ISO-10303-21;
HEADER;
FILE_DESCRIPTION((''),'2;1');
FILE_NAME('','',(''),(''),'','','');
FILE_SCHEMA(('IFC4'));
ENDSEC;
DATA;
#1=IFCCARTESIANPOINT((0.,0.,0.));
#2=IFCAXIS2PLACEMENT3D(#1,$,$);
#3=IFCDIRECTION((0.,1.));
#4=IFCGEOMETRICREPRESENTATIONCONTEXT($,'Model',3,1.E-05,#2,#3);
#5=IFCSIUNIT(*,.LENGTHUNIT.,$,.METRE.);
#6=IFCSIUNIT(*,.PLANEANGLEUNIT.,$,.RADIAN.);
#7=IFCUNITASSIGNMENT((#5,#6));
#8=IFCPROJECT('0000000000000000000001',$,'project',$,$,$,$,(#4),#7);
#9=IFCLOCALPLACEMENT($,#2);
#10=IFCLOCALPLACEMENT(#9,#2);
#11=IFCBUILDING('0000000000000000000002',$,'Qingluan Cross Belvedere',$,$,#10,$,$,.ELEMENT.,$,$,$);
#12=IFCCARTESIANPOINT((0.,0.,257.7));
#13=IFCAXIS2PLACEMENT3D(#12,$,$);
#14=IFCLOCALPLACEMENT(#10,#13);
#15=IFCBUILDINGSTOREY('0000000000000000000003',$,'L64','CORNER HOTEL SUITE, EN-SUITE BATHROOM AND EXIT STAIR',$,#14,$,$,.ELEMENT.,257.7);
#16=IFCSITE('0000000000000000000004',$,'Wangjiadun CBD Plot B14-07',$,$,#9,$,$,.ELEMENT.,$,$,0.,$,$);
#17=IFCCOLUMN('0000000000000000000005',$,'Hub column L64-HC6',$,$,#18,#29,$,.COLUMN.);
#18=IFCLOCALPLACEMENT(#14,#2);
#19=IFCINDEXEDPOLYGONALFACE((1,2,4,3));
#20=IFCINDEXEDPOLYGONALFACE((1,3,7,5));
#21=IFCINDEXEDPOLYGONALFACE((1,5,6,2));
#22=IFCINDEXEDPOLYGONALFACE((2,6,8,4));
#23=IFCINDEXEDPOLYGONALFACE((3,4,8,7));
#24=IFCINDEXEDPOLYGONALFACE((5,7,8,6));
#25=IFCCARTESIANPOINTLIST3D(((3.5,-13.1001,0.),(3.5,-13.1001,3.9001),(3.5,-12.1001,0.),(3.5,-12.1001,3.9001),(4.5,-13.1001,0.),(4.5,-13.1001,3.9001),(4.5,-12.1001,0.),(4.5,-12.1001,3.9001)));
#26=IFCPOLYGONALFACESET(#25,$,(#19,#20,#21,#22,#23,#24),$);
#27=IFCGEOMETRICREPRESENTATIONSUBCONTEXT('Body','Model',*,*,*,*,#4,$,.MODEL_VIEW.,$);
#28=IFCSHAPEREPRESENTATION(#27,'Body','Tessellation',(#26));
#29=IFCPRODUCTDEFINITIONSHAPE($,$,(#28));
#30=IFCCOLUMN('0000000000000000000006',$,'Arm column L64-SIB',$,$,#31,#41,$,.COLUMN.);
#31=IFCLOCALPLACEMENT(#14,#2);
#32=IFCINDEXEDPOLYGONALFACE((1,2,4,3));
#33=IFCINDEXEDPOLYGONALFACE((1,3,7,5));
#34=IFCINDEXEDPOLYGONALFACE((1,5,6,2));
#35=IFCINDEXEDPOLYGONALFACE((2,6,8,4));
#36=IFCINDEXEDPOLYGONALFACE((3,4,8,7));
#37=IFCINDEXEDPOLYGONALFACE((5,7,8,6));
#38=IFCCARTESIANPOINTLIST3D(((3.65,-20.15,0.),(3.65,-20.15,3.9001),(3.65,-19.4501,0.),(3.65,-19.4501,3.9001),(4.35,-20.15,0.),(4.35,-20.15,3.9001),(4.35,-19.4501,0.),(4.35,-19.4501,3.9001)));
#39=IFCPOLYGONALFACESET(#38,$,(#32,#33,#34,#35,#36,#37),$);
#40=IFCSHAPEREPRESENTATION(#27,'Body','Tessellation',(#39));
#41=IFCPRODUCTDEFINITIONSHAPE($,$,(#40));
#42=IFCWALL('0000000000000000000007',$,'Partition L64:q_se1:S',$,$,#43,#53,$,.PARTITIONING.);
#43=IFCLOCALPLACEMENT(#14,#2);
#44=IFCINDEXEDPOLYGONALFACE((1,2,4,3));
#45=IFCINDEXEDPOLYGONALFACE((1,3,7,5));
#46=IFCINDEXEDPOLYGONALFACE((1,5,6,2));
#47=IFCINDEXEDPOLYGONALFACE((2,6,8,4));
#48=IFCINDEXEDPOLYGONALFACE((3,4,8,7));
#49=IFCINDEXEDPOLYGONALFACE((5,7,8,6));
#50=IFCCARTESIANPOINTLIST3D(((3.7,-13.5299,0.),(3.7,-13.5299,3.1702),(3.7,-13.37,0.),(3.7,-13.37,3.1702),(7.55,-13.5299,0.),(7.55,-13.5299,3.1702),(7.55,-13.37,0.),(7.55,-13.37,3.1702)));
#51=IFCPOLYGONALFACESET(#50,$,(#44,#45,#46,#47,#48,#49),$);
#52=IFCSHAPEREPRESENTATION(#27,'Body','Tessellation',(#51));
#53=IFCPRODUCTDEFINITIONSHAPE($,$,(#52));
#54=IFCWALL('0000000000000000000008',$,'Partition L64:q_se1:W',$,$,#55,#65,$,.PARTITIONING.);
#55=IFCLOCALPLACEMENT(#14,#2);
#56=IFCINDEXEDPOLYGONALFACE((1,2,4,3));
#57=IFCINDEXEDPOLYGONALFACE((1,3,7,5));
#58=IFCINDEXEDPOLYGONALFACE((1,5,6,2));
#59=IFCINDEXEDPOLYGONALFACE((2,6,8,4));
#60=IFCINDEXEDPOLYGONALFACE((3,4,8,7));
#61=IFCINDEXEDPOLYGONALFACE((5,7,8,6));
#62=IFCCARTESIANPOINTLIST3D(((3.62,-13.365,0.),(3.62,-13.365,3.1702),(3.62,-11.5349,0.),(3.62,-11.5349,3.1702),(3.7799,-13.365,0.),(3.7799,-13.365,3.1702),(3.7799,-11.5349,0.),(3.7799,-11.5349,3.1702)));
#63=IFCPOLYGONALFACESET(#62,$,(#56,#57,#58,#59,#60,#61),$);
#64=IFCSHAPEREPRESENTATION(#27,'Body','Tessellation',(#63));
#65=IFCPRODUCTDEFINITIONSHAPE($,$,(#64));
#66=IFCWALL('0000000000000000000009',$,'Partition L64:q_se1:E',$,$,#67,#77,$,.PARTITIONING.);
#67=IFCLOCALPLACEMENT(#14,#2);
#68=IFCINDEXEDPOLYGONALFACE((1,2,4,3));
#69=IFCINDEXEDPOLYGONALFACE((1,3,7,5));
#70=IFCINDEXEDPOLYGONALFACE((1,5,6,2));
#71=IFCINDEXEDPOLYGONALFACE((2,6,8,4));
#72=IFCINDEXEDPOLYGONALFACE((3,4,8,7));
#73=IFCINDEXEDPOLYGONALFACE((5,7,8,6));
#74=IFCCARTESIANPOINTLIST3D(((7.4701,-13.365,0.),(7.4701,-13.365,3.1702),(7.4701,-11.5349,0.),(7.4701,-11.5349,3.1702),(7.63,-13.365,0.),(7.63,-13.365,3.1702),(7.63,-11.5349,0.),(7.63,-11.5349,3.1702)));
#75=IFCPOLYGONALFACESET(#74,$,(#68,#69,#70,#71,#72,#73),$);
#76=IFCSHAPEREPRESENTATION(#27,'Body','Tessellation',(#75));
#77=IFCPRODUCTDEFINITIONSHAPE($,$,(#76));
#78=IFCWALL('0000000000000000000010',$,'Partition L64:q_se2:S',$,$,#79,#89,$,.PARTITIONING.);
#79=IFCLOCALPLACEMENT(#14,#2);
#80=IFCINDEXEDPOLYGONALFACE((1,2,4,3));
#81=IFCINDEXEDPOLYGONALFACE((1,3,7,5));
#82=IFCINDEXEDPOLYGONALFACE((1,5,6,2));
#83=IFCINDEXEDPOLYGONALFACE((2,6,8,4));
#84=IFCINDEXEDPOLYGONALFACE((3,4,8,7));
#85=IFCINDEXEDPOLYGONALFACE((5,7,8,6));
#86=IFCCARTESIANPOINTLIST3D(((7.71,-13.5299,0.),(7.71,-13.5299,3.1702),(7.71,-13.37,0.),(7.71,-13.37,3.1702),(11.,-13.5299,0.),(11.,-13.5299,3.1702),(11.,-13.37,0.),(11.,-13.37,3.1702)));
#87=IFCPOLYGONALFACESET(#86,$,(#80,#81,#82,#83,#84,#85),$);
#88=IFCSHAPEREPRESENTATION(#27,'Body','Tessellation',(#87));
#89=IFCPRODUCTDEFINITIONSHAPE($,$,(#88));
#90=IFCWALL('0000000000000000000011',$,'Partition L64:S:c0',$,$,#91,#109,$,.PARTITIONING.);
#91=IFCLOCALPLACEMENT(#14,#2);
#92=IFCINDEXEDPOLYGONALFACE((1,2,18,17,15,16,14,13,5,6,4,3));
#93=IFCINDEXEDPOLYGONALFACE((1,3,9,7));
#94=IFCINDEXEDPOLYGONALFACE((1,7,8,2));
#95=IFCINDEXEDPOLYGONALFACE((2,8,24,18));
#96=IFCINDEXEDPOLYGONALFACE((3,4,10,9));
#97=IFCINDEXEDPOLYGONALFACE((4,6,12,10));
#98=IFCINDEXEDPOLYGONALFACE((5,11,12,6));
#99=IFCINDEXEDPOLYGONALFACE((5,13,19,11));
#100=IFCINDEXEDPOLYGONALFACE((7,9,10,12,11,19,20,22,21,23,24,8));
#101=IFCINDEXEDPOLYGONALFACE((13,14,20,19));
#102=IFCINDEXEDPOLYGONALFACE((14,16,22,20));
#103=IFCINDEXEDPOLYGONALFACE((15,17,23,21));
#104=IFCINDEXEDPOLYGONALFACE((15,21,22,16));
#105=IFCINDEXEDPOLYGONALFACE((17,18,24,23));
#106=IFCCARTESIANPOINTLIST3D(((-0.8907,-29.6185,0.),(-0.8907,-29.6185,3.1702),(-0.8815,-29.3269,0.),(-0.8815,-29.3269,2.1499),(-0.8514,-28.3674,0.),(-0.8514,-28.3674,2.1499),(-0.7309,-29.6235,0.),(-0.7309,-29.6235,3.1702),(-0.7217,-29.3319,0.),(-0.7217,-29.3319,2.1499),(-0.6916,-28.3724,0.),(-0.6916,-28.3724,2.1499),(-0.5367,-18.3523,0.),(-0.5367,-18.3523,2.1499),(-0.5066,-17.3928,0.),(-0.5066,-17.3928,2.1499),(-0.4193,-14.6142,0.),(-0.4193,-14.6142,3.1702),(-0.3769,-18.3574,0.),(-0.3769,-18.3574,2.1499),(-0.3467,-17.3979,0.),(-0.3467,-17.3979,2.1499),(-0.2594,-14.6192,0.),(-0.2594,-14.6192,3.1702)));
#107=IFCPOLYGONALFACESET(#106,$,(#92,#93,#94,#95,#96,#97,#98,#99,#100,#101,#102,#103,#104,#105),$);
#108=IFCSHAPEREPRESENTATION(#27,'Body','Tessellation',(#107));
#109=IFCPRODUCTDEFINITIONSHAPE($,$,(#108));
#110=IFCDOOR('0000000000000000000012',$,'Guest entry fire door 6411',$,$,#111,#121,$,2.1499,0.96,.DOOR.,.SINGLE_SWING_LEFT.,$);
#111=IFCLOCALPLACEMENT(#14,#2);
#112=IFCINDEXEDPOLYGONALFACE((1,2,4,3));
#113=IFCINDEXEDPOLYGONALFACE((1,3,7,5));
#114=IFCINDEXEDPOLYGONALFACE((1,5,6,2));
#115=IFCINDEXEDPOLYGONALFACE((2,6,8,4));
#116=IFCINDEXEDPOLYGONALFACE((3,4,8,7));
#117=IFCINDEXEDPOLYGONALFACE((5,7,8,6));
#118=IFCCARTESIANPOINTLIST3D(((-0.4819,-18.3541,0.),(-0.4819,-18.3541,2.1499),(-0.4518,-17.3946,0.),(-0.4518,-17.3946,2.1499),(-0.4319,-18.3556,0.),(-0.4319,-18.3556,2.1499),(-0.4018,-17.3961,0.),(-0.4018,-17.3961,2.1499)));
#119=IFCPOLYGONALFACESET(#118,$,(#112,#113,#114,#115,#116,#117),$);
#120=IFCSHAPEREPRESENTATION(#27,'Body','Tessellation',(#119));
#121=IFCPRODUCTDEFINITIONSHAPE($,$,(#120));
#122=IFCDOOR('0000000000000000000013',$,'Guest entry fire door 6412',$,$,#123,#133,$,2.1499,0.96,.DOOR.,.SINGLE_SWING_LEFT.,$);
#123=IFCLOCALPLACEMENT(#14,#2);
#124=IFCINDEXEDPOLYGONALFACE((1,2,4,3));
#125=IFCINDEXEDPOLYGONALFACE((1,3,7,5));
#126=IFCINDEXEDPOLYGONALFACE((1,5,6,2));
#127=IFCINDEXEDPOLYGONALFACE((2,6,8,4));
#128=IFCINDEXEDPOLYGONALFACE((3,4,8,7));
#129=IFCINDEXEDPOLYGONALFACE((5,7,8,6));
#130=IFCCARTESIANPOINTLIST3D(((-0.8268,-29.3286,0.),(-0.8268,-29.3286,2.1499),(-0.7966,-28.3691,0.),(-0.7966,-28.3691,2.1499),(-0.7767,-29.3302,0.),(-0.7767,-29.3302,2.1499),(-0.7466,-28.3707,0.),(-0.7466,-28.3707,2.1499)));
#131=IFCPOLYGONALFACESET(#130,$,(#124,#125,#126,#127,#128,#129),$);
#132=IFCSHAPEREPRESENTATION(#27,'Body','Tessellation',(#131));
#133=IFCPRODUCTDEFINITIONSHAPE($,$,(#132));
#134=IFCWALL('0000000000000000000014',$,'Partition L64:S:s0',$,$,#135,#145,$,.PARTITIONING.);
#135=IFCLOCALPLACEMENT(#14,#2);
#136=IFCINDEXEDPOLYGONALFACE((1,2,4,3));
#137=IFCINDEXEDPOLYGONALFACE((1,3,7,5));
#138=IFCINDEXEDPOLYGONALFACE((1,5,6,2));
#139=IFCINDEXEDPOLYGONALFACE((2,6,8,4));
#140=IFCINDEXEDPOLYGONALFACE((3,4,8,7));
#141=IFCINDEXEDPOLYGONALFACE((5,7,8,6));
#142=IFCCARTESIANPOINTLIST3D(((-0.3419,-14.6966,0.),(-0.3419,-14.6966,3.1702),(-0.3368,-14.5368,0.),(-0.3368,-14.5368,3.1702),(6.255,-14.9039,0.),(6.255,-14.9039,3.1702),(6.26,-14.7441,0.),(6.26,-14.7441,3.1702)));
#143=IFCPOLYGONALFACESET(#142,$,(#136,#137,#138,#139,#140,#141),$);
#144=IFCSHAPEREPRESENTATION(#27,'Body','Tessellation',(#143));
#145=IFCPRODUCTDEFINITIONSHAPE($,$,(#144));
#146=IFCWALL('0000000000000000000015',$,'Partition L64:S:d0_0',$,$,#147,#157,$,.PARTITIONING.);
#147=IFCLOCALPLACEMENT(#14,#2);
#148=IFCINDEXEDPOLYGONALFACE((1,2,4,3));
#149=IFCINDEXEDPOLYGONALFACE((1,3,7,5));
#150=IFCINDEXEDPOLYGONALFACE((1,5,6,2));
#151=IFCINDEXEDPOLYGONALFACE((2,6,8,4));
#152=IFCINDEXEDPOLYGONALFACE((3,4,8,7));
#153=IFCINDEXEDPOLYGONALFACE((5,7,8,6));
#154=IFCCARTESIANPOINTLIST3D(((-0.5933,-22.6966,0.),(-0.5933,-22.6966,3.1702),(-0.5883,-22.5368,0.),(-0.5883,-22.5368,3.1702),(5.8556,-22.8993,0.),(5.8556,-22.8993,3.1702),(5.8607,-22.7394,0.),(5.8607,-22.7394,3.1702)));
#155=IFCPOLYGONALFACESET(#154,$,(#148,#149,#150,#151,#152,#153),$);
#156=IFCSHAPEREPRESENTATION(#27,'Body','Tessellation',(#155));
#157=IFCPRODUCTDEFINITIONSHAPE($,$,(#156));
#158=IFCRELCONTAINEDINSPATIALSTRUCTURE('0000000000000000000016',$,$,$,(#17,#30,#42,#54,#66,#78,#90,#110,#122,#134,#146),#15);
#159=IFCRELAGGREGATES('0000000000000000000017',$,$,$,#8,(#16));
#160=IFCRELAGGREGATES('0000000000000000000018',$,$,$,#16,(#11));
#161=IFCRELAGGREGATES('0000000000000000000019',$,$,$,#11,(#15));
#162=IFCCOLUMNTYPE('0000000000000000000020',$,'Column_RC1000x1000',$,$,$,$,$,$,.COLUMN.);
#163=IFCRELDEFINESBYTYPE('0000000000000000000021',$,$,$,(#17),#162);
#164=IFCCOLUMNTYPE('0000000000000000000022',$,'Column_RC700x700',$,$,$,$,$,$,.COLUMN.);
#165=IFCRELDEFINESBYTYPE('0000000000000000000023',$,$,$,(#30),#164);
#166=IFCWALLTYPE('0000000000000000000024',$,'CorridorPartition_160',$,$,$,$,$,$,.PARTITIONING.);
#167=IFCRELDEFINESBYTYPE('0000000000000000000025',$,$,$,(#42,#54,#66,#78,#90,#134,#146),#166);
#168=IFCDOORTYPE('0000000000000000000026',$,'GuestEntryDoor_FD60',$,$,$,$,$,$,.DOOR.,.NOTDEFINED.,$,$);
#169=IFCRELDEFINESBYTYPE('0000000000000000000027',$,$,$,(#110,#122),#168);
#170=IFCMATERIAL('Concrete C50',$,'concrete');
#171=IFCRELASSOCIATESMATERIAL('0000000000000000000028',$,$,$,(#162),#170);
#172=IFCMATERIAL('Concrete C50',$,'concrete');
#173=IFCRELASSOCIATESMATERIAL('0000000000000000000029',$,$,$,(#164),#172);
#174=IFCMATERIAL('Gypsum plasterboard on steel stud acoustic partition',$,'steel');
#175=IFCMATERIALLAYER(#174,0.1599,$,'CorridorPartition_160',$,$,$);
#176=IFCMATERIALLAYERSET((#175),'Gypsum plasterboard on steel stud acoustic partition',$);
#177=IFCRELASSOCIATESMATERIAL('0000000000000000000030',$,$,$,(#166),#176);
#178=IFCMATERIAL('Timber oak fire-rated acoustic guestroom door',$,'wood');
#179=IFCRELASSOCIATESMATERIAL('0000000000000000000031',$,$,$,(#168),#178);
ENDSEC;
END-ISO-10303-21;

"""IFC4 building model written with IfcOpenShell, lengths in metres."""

from ifc_helpers import new_model, si_unit, direction, frame, frame_2d, origin, origin_2d, place, context, subcontext, project, spatial, rectangle, extrude, material, layer, layer_set, material_profile, profile_set, type_object, element, fill, save


model = new_model("IFC4")

# Units and contexts
model_context = context("Model", 3, precision=1e-05, world=origin(), true_north=direction((0.0, 1.0)))
body_context = subcontext(model_context, "Body", "Model", "MODEL_VIEW")
ifc_project = project(units=[si_unit("LENGTHUNIT", "METRE"), si_unit("PLANEANGLEUNIT", "RADIAN")], contexts=[model_context])

# Site, building, storey
site_placement = place(None, origin())
site = spatial("IfcSite", under=ifc_project, at=site_placement, Name="Wangjiadun CBD Plot B14-07", CompositionType="ELEMENT", RefElevation=0.0)
building_placement = place(site_placement, origin())
building = spatial("IfcBuilding", under=site, at=building_placement, Name="Qingluan Cross Belvedere", CompositionType="ELEMENT")
storey_placement = place(building_placement, frame((0.0, 0.0, 257.7)))
storey = spatial("IfcBuildingStorey", under=building, at=storey_placement, Name="L64", Description="CORNER HOTEL SUITE, EN-SUITE BATHROOM AND EXIT STAIR", CompositionType="ELEMENT", Elevation=257.7)

# Columns
ifc_material_1 = material(Name="Concrete C50", Category="concrete")
ifc_material_profile_1 = material_profile(ifc_material_1, rectangle(XDim=1.0, YDim=1.0, at=origin_2d()), Name="RC1000x1000")
ifc_profile_set_1 = profile_set([ifc_material_profile_1], Name="Concrete C50")
column_type_1 = type_object("IfcColumnType", Name="Column_RC1000x1000", PredefinedType="COLUMN", material=ifc_profile_set_1)
column_1_placement = place(storey_placement, frame((4.0, -12.6001, 0.0), z_axis=(0.0, 0.0, 1.0), x_axis=(1.0, 0.0, 0.0)))
element("IfcColumn", 1, at=column_1_placement, inside=storey, type_object=column_type_1, Name="Hub column L64-HC6", PredefinedType="COLUMN", context=body_context, shape_type="SweptSolid", body=[
    extrude(rectangle(XDim=1.0, YDim=1.0, at=origin_2d()), origin(), (0.0, 0.0, 1.0), 3.9001),
])
ifc_material_2 = material(Name="Concrete C50", Category="concrete")
ifc_material_profile_2 = material_profile(ifc_material_2, rectangle(XDim=0.7, YDim=0.7, at=origin_2d()), Name="RC700x700")
ifc_profile_set_2 = profile_set([ifc_material_profile_2], Name="Concrete C50")
column_type_2 = type_object("IfcColumnType", Name="Column_RC700x700", PredefinedType="COLUMN", material=ifc_profile_set_2)
column_2_placement = place(storey_placement, frame((4.0, -19.8, 0.0), z_axis=(0.0, 0.0, 1.0), x_axis=(1.0, 0.0, 0.0)))
element("IfcColumn", 2, at=column_2_placement, inside=storey, type_object=column_type_2, Name="Arm column L64-SIB", PredefinedType="COLUMN", context=body_context, shape_type="SweptSolid", body=[
    extrude(rectangle(XDim=0.7, YDim=0.7, at=origin_2d()), origin(), (0.0, 0.0, 1.0), 3.9001),
])

# Walls
ifc_material_3 = material(Name="Gypsum plasterboard on steel stud acoustic partition", Category="steel")
ifc_layer_1 = layer(ifc_material_3, 0.1599, Name="CorridorPartition_160")
ifc_layer_set_1 = layer_set([ifc_layer_1], Name="Gypsum plasterboard on steel stud acoustic partition")
wall_type_1 = type_object("IfcWallType", Name="CorridorPartition_160", PredefinedType="PARTITIONING", material=ifc_layer_set_1)
wall_1_placement = place(storey_placement, frame((3.7, -13.45, 0.0), z_axis=(0.0, 0.0, 1.0), x_axis=(1.0, 0.0, 0.0)))
element("IfcWall", 3, at=wall_1_placement, inside=storey, type_object=wall_type_1, Name="Partition L64:q_se1:S", PredefinedType="PARTITIONING", context=body_context, shape_type="SweptSolid", body=[
    extrude(rectangle(XDim=3.8501, YDim=0.1599, at=frame_2d((1.925, 0.0))), origin(), (0.0, 0.0, 1.0), 3.1702),
])
for number, where, z_axis, x_axis, name in (
    (4, (3.7, -13.365, 0.0), (0.0, 0.0, 1.0), (0.0, 1.0, 0.0), "Partition L64:q_se1:W"),
    (5, (7.55, -13.365, 0.0), (0.0, 0.0, 1.0), (0.0, 1.0, 0.0), "Partition L64:q_se1:E"),
):
    element("IfcWall", number, at=place(storey_placement, frame(where, z_axis=z_axis, x_axis=x_axis)), inside=storey, type_object=wall_type_1, Name=name, PredefinedType="PARTITIONING", context=body_context, shape_type="SweptSolid", body=[
        extrude(rectangle(XDim=1.8301, YDim=0.1599, at=frame_2d((0.915, 0.0))), origin(), (0.0, 0.0, 1.0), 3.1702),
    ])
wall_2_placement = place(storey_placement, frame((7.71, -13.45, 0.0), z_axis=(0.0, 0.0, 1.0), x_axis=(1.0, 0.0, 0.0)))
element("IfcWall", 6, at=wall_2_placement, inside=storey, type_object=wall_type_1, Name="Partition L64:q_se2:S", PredefinedType="PARTITIONING", context=body_context, shape_type="SweptSolid", body=[
    extrude(rectangle(XDim=3.29, YDim=0.1599, at=frame_2d((1.645, 0.0))), origin(), (0.0, 0.0, 1.0), 3.1702),
])

# Wall, openings, doors
wall_3_placement = place(storey_placement, frame((-0.3394, -14.6167, 0.0), z_axis=(0.0, 0.0, 1.0), x_axis=(-0.031404, -0.999507, 0.0)))
wall_3 = element("IfcWall", 7, at=wall_3_placement, inside=storey, type_object=wall_type_1, Name="Partition L64:S:c0", PredefinedType="PARTITIONING", context=body_context, shape_type="SweptSolid", body=[
    extrude(rectangle(XDim=15.0117, YDim=0.1599, at=frame_2d((7.5059, 0.0))), origin(), (0.0, 0.0, 1.0), 3.1702),
])
opening_1_placement = place(wall_3_placement, frame((2.78, 0.0, 0.0)))
opening_1 = element("IfcOpeningElement", 8, at=opening_1_placement, cuts=wall_3, PredefinedType="OPENING", context=body_context, shape_type="SweptSolid", body=[
    extrude(rectangle(XDim=0.96, YDim=2.1499, at=frame_2d((0.48, 1.075))), frame((0.0, 0.0898, 0.0), z_axis=(0.0, -1.0, 0.0), x_axis=(1.0, 0.0, 0.0)), (0.0, 0.0, 1.0), 0.1799),
])
opening_2_placement = place(wall_3_placement, frame((13.76, 0.0, 0.0)))
opening_2 = element("IfcOpeningElement", 9, at=opening_2_placement, cuts=wall_3, PredefinedType="OPENING", context=body_context, shape_type="SweptSolid", body=[
    extrude(rectangle(XDim=0.96, YDim=2.1499, at=frame_2d((0.48, 1.075))), frame((0.0, 0.0898, 0.0), z_axis=(0.0, -1.0, 0.0), x_axis=(1.0, 0.0, 0.0)), (0.0, 0.0, 1.0), 0.1799),
])
ifc_material_4 = material(Name="Timber oak fire-rated acoustic guestroom door", Category="wood")
door_type_1 = type_object("IfcDoorType", Name="GuestEntryDoor_FD60", OperationType="NOTDEFINED", PredefinedType="DOOR", material=ifc_material_4)
door_1_placement = place(opening_1_placement, origin())
door_1 = element("IfcDoor", 10, at=door_1_placement, inside=storey, type_object=door_type_1, Name="Guest entry fire door 6411", OperationType="SINGLE_SWING_LEFT", OverallHeight=2.1499, OverallWidth=0.96, PredefinedType="DOOR", context=body_context, shape_type="SweptSolid", body=[
    extrude(rectangle(XDim=0.96, YDim=2.1499, at=frame_2d((0.48, 1.075))), frame((0.0, 0.0249, 0.0), z_axis=(0.0, -1.0, 0.0), x_axis=(1.0, 0.0, 0.0)), (0.0, 0.0, 1.0), 0.05),
])
fill(opening_1, door_1)
door_2_placement = place(opening_2_placement, origin())
door_2 = element("IfcDoor", 11, at=door_2_placement, inside=storey, type_object=door_type_1, Name="Guest entry fire door 6412", OperationType="SINGLE_SWING_LEFT", OverallHeight=2.1499, OverallWidth=0.96, PredefinedType="DOOR", context=body_context, shape_type="SweptSolid", body=[
    extrude(rectangle(XDim=0.96, YDim=2.1499, at=frame_2d((0.48, 1.075))), frame((0.0, 0.0249, 0.0), z_axis=(0.0, -1.0, 0.0), x_axis=(1.0, 0.0, 0.0)), (0.0, 0.0, 1.0), 0.05),
])
fill(opening_2, door_2)

# Walls
wall_4_placement = place(storey_placement, frame((-0.3394, -14.6167, 0.0), z_axis=(0.0, 0.0, 1.0), x_axis=(0.999507, -0.031405, 0.0)))
element("IfcWall", 12, at=wall_4_placement, inside=storey, type_object=wall_type_1, Name="Partition L64:S:s0", PredefinedType="PARTITIONING", context=body_context, shape_type="SweptSolid", body=[
    extrude(rectangle(XDim=6.6001, YDim=0.1599, at=frame_2d((3.3, 0.0))), origin(), (0.0, 0.0, 1.0), 3.1702),
])
wall_5_placement = place(storey_placement, frame((-0.5908, -22.6167, 0.0), z_axis=(0.0, 0.0, 1.0), x_axis=(0.999507, -0.031406, 0.0)))
element("IfcWall", 13, at=wall_5_placement, inside=storey, type_object=wall_type_1, Name="Partition L64:S:d0_0", PredefinedType="PARTITIONING", context=body_context, shape_type="SweptSolid", body=[
    extrude(rectangle(XDim=6.4521, YDim=0.1599, at=frame_2d((3.2261, 0.0))), origin(), (0.0, 0.0, 1.0), 3.1702),
])

save(model, "model.ifc")
